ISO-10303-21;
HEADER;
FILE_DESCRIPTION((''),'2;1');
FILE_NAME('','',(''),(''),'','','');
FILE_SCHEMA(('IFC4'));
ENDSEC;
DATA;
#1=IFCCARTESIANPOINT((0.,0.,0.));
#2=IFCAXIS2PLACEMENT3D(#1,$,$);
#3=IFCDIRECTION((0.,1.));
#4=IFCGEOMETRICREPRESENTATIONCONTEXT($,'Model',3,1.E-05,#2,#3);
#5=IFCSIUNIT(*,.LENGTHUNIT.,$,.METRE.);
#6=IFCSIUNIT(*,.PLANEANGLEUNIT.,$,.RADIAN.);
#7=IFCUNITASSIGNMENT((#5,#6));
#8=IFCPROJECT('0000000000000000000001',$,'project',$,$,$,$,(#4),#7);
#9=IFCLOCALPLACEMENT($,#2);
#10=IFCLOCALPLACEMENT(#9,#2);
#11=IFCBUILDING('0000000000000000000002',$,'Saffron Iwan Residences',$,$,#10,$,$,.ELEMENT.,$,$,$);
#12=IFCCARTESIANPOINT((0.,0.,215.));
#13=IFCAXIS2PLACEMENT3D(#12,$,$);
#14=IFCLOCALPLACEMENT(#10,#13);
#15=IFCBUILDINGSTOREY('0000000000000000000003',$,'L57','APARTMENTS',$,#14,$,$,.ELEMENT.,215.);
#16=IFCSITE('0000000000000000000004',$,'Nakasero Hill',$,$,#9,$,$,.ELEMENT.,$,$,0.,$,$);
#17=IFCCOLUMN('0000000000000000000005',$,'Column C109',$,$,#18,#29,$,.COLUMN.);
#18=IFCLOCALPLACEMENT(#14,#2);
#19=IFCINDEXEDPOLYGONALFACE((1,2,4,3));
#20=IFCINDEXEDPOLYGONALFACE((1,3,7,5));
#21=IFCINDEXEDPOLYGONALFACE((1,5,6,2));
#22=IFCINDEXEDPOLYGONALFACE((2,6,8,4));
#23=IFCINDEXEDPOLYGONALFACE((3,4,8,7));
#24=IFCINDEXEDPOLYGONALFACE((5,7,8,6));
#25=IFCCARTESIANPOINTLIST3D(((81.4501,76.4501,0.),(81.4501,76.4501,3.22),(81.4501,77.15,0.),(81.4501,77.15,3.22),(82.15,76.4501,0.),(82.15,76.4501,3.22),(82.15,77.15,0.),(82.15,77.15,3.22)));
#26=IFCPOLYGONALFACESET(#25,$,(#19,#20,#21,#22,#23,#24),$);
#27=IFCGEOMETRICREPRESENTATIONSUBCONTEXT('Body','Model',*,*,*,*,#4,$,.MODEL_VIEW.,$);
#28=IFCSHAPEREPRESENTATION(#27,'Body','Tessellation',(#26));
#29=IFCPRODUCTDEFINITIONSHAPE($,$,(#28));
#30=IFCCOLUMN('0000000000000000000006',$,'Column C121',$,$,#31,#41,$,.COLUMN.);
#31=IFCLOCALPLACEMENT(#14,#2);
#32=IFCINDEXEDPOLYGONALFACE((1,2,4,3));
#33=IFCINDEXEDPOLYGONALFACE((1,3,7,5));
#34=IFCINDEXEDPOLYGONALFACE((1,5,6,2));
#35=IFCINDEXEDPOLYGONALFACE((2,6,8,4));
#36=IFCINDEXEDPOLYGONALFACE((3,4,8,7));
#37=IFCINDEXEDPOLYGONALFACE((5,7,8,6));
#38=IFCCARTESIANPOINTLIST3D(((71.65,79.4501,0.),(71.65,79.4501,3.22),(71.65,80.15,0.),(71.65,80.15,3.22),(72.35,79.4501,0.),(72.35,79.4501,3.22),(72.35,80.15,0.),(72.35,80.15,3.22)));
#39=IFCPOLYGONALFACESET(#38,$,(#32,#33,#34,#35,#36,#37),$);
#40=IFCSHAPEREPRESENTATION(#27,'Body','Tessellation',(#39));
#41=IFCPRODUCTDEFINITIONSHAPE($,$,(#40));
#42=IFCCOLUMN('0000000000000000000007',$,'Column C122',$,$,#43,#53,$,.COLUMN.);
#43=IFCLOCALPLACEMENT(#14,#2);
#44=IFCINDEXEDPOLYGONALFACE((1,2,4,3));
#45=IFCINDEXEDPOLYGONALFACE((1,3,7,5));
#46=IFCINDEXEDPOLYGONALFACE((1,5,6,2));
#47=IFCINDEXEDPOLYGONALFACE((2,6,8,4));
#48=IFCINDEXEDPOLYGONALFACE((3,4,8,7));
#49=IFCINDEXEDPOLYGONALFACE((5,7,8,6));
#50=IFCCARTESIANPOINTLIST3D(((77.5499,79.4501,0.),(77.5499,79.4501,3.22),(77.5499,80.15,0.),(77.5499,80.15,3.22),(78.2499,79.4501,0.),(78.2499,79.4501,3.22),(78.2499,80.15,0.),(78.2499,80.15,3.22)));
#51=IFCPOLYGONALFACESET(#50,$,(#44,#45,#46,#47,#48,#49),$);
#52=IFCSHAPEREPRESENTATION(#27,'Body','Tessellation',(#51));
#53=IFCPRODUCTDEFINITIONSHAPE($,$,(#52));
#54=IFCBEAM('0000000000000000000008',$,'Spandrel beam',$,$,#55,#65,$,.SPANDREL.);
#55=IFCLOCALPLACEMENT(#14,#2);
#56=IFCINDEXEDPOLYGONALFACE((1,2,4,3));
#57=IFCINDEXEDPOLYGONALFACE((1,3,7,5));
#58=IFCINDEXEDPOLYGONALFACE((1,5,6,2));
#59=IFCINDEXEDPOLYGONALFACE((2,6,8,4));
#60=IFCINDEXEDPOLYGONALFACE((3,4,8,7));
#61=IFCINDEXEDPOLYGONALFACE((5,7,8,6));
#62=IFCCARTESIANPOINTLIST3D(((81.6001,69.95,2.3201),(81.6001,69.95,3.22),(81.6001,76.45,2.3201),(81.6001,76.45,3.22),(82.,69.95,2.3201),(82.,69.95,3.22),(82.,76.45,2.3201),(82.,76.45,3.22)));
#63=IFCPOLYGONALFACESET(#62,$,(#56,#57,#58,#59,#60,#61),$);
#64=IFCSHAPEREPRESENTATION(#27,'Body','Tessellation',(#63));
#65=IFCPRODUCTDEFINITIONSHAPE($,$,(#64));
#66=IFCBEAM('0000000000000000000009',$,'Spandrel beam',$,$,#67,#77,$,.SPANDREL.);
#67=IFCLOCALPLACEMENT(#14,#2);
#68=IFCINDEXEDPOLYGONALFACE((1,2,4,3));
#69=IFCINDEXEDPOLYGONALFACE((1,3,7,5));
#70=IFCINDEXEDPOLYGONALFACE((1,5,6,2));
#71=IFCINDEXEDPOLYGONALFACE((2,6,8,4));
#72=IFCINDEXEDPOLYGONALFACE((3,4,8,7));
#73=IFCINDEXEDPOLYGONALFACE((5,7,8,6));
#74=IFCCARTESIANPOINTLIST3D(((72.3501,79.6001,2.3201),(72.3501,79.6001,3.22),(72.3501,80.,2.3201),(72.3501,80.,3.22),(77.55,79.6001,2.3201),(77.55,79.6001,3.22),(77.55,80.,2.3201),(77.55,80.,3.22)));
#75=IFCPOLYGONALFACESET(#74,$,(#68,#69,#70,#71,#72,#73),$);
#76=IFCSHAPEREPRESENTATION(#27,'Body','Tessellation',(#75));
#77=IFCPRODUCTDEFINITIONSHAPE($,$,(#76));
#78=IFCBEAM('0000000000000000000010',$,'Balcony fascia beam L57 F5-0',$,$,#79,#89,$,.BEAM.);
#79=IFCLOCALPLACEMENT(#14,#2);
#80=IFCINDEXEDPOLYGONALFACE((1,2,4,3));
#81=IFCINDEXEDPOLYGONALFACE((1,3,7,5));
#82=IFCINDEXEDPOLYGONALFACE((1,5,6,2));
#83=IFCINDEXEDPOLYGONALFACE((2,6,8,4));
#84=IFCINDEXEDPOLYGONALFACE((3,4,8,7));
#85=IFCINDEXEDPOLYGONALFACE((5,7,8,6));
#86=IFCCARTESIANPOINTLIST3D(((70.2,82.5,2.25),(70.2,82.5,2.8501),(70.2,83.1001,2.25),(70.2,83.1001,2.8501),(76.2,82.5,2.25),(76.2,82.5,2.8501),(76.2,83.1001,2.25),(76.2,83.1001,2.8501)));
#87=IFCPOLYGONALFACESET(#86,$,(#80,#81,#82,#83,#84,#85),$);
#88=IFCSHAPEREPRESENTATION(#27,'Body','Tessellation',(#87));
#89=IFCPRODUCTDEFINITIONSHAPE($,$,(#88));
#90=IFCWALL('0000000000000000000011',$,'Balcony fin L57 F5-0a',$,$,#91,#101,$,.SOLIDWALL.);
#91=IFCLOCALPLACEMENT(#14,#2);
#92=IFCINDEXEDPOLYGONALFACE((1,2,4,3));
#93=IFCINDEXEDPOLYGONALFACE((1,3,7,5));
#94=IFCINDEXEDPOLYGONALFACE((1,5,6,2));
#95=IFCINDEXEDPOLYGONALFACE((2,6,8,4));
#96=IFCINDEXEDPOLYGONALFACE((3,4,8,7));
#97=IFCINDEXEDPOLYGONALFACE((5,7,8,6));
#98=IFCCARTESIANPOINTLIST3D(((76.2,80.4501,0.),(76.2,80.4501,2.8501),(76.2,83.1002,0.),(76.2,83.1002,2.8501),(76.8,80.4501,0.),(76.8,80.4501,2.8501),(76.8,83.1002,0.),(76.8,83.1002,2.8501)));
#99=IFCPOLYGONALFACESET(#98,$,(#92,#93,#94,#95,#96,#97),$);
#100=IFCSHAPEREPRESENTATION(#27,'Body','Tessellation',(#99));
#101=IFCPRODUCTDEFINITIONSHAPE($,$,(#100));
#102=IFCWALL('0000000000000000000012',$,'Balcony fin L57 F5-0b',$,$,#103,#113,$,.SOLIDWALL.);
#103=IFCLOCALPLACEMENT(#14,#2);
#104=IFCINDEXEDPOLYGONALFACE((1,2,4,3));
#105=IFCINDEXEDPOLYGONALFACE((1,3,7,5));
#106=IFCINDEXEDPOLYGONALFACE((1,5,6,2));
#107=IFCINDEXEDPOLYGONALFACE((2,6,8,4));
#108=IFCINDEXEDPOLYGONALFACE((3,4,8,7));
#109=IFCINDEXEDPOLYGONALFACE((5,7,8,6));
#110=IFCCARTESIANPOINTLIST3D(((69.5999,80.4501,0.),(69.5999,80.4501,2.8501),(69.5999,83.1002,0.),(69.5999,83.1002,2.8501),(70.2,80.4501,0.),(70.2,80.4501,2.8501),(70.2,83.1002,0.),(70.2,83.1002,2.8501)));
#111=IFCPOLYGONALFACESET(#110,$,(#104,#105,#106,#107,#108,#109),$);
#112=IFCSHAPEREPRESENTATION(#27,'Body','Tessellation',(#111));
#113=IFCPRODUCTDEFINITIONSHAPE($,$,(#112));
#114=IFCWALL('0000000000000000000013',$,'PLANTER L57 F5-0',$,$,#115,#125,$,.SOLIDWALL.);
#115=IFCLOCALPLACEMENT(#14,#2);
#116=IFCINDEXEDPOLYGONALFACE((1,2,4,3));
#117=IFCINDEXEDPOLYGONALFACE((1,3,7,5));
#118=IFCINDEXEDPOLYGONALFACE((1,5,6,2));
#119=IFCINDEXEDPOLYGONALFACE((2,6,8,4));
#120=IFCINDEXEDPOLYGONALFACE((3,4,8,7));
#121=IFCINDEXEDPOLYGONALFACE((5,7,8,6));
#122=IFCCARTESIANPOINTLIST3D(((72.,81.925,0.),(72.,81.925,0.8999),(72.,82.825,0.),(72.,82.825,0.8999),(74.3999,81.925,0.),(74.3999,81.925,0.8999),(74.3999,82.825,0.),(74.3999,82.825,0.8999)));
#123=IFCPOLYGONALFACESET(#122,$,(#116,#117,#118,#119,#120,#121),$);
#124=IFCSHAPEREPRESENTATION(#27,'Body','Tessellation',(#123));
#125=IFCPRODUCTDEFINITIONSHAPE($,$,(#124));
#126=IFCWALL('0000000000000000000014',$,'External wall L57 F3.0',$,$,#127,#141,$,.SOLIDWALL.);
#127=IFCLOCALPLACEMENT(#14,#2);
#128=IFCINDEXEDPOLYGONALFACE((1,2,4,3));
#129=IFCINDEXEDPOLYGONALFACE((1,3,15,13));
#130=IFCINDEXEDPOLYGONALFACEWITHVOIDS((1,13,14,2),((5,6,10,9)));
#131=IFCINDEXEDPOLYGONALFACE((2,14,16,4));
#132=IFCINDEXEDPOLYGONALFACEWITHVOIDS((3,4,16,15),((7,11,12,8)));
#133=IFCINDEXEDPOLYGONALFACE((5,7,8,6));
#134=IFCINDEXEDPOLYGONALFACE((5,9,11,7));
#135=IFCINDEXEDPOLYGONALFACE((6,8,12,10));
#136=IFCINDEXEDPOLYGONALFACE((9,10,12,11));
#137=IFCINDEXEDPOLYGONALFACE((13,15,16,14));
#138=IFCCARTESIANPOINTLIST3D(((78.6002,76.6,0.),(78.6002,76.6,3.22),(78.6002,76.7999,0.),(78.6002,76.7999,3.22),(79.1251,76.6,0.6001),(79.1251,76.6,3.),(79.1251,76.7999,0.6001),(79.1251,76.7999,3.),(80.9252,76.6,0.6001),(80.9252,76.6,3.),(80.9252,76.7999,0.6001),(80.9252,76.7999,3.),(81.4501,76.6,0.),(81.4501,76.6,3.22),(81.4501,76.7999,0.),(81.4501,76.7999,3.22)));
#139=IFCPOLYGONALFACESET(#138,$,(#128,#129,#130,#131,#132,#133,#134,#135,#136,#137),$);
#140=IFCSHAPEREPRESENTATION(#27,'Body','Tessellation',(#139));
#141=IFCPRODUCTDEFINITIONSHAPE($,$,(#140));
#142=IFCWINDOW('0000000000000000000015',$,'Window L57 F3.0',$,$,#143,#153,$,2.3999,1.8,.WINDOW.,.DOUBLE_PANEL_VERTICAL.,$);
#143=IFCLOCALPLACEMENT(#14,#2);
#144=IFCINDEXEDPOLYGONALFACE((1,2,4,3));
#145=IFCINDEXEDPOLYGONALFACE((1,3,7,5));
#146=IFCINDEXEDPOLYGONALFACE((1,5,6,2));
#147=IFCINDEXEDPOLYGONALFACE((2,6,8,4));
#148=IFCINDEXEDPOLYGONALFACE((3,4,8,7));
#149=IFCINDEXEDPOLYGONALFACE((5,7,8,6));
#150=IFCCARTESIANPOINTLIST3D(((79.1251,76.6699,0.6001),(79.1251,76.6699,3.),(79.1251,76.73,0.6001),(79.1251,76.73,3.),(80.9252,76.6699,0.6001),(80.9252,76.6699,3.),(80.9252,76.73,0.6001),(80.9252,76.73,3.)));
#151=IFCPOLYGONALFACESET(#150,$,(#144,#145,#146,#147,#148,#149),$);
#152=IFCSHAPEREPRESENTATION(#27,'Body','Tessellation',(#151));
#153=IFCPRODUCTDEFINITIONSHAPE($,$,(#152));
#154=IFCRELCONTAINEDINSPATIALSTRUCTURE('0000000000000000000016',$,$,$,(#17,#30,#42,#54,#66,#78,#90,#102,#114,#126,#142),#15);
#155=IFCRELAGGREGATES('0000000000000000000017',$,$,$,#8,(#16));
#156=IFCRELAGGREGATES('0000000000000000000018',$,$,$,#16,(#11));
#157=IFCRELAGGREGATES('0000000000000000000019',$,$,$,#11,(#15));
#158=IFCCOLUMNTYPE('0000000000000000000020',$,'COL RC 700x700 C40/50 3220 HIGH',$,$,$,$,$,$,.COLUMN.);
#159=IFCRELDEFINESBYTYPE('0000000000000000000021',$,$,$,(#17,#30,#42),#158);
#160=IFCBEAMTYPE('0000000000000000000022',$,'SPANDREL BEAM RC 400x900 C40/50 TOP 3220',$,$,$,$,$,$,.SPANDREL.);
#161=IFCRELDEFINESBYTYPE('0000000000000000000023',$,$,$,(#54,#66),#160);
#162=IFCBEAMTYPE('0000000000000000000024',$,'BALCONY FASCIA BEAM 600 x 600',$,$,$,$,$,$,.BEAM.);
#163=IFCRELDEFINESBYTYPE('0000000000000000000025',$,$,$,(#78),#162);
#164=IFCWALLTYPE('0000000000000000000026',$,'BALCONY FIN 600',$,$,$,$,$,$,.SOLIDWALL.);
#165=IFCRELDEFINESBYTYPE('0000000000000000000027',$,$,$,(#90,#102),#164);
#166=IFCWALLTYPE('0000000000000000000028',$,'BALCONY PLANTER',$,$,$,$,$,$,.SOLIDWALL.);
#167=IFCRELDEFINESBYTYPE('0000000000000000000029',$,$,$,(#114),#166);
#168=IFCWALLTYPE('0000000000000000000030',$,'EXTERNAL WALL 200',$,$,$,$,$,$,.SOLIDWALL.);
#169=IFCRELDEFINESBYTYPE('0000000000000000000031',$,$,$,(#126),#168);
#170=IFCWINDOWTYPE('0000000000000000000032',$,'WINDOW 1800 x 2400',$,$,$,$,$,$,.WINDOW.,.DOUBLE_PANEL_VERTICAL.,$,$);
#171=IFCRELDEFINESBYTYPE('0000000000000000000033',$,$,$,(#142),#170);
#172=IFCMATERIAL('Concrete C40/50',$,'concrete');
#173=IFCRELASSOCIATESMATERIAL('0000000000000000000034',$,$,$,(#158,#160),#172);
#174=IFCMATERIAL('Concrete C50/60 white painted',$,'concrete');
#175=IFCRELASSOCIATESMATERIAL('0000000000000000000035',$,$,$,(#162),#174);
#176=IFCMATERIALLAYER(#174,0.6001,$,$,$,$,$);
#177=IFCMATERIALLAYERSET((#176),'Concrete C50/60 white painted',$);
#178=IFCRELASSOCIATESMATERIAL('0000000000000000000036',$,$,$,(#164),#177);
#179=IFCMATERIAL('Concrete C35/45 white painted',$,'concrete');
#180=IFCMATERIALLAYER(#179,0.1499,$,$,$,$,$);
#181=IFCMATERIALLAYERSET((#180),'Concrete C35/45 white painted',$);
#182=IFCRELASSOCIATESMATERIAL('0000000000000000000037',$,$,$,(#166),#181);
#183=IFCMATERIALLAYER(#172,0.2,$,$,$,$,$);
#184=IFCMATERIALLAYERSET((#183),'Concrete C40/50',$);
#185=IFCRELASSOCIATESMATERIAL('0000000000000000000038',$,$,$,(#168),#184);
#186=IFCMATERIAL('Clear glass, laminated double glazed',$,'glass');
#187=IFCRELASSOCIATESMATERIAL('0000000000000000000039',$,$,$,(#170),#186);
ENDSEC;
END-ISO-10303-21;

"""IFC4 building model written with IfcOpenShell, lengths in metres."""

from ifc_helpers import new_model, si_unit, direction, frame, frame_2d, origin, origin_2d, place, context, subcontext, project, spatial, rectangle, extrude, source, transform, mapped, material, layer, layer_set, material_profile, profile_set, type_object, element, fill, save


model = new_model("IFC4")

# Units and contexts
model_context = context("Model", 3, precision=1e-05, world=origin(), true_north=direction((0.0, 1.0)))
body_context = subcontext(model_context, "Body", "Model", "MODEL_VIEW")
ifc_project = project(units=[si_unit("LENGTHUNIT", "METRE"), si_unit("PLANEANGLEUNIT", "RADIAN")], contexts=[model_context])

# Site, building, storey
site_placement = place(None, origin())
site = spatial("IfcSite", under=ifc_project, at=site_placement, Name="Nakasero Hill", CompositionType="ELEMENT", RefElevation=0.0)
building_placement = place(site_placement, origin())
building = spatial("IfcBuilding", under=site, at=building_placement, Name="Saffron Iwan Residences", CompositionType="ELEMENT")
storey_placement = place(building_placement, frame((0.0, 0.0, 215.0)))
storey = spatial("IfcBuildingStorey", under=building, at=storey_placement, Name="L57", Description="APARTMENTS", CompositionType="ELEMENT", Elevation=215.0)

# Columns
ifc_material_1 = material(Name="Concrete C40/50", Category="concrete")
ifc_material_profile_1 = material_profile(ifc_material_1, rectangle(XDim=0.7, YDim=0.7, at=origin_2d()), Name="RC 700x700")
ifc_profile_set_1 = profile_set([ifc_material_profile_1], Name="Concrete C40/50")
column_type = type_object("IfcColumnType", Name="COL RC 700x700 C40/50 3220 HIGH", PredefinedType="COLUMN", material=ifc_profile_set_1)
shared_shape_1 = source(origin(), body_context, "Body", "SweptSolid", [
    extrude(rectangle(XDim=0.7, YDim=0.7, at=origin_2d()), origin(), (0.0, 0.0, 1.0), 3.22),
])
for number, where, z_axis, x_axis, name in (
    (1, (81.8, 76.8, 0.0), (0.0, 0.0, 1.0), (1.0, 0.0, 0.0), "Column C109"),
    (2, (72.0, 79.8, 0.0), (0.0, 0.0, 1.0), (1.0, 0.0, 0.0), "Column C121"),
    (3, (77.8999, 79.8, 0.0), (0.0, 0.0, 1.0), (1.0, 0.0, 0.0), "Column C122"),
):
    element("IfcColumn", number, at=place(storey_placement, frame(where, z_axis=z_axis, x_axis=x_axis)), inside=storey, type_object=column_type, Name=name, PredefinedType="COLUMN", context=body_context, shape_type="MappedRepresentation", body=[
        mapped(shared_shape_1, transform((0.0, 0.0, 0.0))),
    ])

# Beams
ifc_material_profile_2 = material_profile(ifc_material_1, rectangle(XDim=0.3999, YDim=0.8999, at=origin_2d()), Name="RC 400x900")
ifc_profile_set_2 = profile_set([ifc_material_profile_2], Name="Concrete C40/50")
beam_type_1 = type_object("IfcBeamType", Name="SPANDREL BEAM RC 400x900 C40/50 TOP 3220", PredefinedType="SPANDREL", material=ifc_profile_set_2)
shared_shape_2 = source(origin(), body_context, "Body", "SweptSolid", [
    extrude(rectangle(XDim=0.3999, YDim=0.8999, at=origin_2d()), origin(), (0.0, 0.0, 1.0), 6.5),
])
beam_1_placement = place(storey_placement, frame((81.8, 76.45, 2.77), z_axis=(0.0, -1.0, 0.0), x_axis=(1.0, 0.0, 0.0)))
element("IfcBeam", 4, at=beam_1_placement, inside=storey, type_object=beam_type_1, Name="Spandrel beam", PredefinedType="SPANDREL", context=body_context, shape_type="MappedRepresentation", body=[
    mapped(shared_shape_2, transform((0.0, 0.0, 0.0))),
])
shared_shape_3 = source(origin(), body_context, "Body", "SweptSolid", [
    extrude(rectangle(XDim=0.3999, YDim=0.8999, at=origin_2d()), origin(), (0.0, 0.0, 1.0), 5.2),
])
beam_2_placement = place(storey_placement, frame((72.3501, 79.8, 2.77), z_axis=(1.0, 0.0, 0.0), x_axis=(0.0, 1.0, 0.0)))
element("IfcBeam", 5, at=beam_2_placement, inside=storey, type_object=beam_type_1, Name="Spandrel beam", PredefinedType="SPANDREL", context=body_context, shape_type="MappedRepresentation", body=[
    mapped(shared_shape_3, transform((0.0, 0.0, 0.0))),
])
ifc_material_2 = material(Name="Concrete C50/60 white painted", Category="concrete")
ifc_material_profile_3 = material_profile(ifc_material_2, rectangle(XDim=0.6001, YDim=0.6001, at=origin_2d()), Name="BALCONY FASCIA BEAM 600 x 600")
ifc_profile_set_3 = profile_set([ifc_material_profile_3], Name="Concrete C50/60 white painted")
beam_type_2 = type_object("IfcBeamType", Name="BALCONY FASCIA BEAM 600 x 600", PredefinedType="BEAM", material=ifc_profile_set_3)
shared_shape_4 = source(origin(), body_context, "Body", "SweptSolid", [
    extrude(rectangle(XDim=0.6001, YDim=0.6001, at=origin_2d()), origin(), (0.0, 0.0, 1.0), 6.0),
])
beam_3_placement = place(storey_placement, frame((76.2, 82.8, 2.55), z_axis=(-1.0, 0.0, 0.0), x_axis=(0.0, -1.0, 0.0)))
element("IfcBeam", 6, at=beam_3_placement, inside=storey, type_object=beam_type_2, Name="Balcony fascia beam L57 F5-0", PredefinedType="BEAM", context=body_context, shape_type="MappedRepresentation", body=[
    mapped(shared_shape_4, transform((0.0, 0.0, 0.0))),
])

# Walls
ifc_layer_1 = layer(ifc_material_2, 0.6001)
ifc_layer_set_1 = layer_set([ifc_layer_1], Name="Concrete C50/60 white painted")
wall_type_1 = type_object("IfcWallType", Name="BALCONY FIN 600", PredefinedType="SOLIDWALL", material=ifc_layer_set_1)
for number, where, z_axis, x_axis, name in (
    (7, (76.5, 80.45, 0.0), (0.0, 0.0, 1.0), (0.0, 1.0, 0.0), "Balcony fin L57 F5-0a"),
    (8, (69.8999, 80.45, 0.0), (0.0, 0.0, 1.0), (0.0, 1.0, 0.0), "Balcony fin L57 F5-0b"),
):
    element("IfcWall", number, at=place(storey_placement, frame(where, z_axis=z_axis, x_axis=x_axis)), inside=storey, type_object=wall_type_1, Name=name, PredefinedType="SOLIDWALL", context=body_context, shape_type="SweptSolid", body=[
        extrude(rectangle(XDim=2.6501, YDim=0.6001, at=frame_2d((1.3252, 0.0))), origin(), (0.0, 0.0, 1.0), 2.8501),
    ])
ifc_material_3 = material(Name="Concrete C35/45 white painted", Category="concrete")
ifc_layer_2 = layer(ifc_material_3, 0.1499)
ifc_layer_set_2 = layer_set([ifc_layer_2], Name="Concrete C35/45 white painted")
wall_type_2 = type_object("IfcWallType", Name="BALCONY PLANTER", PredefinedType="SOLIDWALL", material=ifc_layer_set_2)
wall_1_placement = place(storey_placement, frame((74.3999, 82.375, 0.0), z_axis=(0.0, 0.0, 1.0), x_axis=(-1.0, 0.0, 0.0)))
element("IfcWall", 9, at=wall_1_placement, inside=storey, type_object=wall_type_2, Name="PLANTER L57 F5-0", PredefinedType="SOLIDWALL", context=body_context, shape_type="SweptSolid", body=[
    extrude(rectangle(XDim=2.3999, YDim=0.8999, at=frame_2d((1.2, 0.0))), origin(), (0.0, 0.0, 1.0), 0.8999),
])

# Wall, opening, window
ifc_layer_3 = layer(ifc_material_1, 0.2)
ifc_layer_set_3 = layer_set([ifc_layer_3], Name="Concrete C40/50")
wall_type_3 = type_object("IfcWallType", Name="EXTERNAL WALL 200", PredefinedType="SOLIDWALL", material=ifc_layer_set_3)
wall_2_placement = place(storey_placement, frame((81.45, 76.7, 0.0), z_axis=(0.0, 0.0, 1.0), x_axis=(-1.0, 0.0, 0.0)))
wall_2 = element("IfcWall", 10, at=wall_2_placement, inside=storey, type_object=wall_type_3, Name="External wall L57 F3.0", PredefinedType="SOLIDWALL", context=body_context, shape_type="SweptSolid", body=[
    extrude(rectangle(XDim=2.8499, YDim=0.2, at=frame_2d((1.4248, 0.0))), origin(), (0.0, 0.0, 1.0), 3.22),
])
opening_1_placement = place(wall_2_placement, frame((0.5249, 0.0, 0.6001)))
opening_1 = element("IfcOpeningElement", 11, at=opening_1_placement, cuts=wall_2, PredefinedType="OPENING", context=body_context, shape_type="SweptSolid", body=[
    extrude(rectangle(XDim=1.8, YDim=2.3999, at=frame_2d((0.8999, 1.2))), frame((0.0, 0.1099, 0.0), z_axis=(0.0, -1.0, 0.0), x_axis=(1.0, 0.0, 0.0)), (0.0, 0.0, 1.0), 0.22),
])
ifc_material_4 = material(Name="Clear glass, laminated double glazed", Category="glass")
window_type_1 = type_object("IfcWindowType", Name="WINDOW 1800 x 2400", PartitioningType="DOUBLE_PANEL_VERTICAL", PredefinedType="WINDOW", material=ifc_material_4)
window_1_placement = place(opening_1_placement, origin())
window_1 = element("IfcWindow", 12, at=window_1_placement, inside=storey, type_object=window_type_1, Name="Window L57 F3.0", OverallHeight=2.3999, OverallWidth=1.8, PartitioningType="DOUBLE_PANEL_VERTICAL", PredefinedType="WINDOW", context=body_context, shape_type="SweptSolid", body=[
    extrude(rectangle(XDim=1.8, YDim=2.3999, at=frame_2d((0.8999, 1.2))), frame((0.0, 0.03, 0.0), z_axis=(0.0, -1.0, 0.0), x_axis=(1.0, 0.0, 0.0)), (0.0, 0.0, 1.0), 0.0601),
])
fill(opening_1, window_1)

save(model, "model.ifc")
